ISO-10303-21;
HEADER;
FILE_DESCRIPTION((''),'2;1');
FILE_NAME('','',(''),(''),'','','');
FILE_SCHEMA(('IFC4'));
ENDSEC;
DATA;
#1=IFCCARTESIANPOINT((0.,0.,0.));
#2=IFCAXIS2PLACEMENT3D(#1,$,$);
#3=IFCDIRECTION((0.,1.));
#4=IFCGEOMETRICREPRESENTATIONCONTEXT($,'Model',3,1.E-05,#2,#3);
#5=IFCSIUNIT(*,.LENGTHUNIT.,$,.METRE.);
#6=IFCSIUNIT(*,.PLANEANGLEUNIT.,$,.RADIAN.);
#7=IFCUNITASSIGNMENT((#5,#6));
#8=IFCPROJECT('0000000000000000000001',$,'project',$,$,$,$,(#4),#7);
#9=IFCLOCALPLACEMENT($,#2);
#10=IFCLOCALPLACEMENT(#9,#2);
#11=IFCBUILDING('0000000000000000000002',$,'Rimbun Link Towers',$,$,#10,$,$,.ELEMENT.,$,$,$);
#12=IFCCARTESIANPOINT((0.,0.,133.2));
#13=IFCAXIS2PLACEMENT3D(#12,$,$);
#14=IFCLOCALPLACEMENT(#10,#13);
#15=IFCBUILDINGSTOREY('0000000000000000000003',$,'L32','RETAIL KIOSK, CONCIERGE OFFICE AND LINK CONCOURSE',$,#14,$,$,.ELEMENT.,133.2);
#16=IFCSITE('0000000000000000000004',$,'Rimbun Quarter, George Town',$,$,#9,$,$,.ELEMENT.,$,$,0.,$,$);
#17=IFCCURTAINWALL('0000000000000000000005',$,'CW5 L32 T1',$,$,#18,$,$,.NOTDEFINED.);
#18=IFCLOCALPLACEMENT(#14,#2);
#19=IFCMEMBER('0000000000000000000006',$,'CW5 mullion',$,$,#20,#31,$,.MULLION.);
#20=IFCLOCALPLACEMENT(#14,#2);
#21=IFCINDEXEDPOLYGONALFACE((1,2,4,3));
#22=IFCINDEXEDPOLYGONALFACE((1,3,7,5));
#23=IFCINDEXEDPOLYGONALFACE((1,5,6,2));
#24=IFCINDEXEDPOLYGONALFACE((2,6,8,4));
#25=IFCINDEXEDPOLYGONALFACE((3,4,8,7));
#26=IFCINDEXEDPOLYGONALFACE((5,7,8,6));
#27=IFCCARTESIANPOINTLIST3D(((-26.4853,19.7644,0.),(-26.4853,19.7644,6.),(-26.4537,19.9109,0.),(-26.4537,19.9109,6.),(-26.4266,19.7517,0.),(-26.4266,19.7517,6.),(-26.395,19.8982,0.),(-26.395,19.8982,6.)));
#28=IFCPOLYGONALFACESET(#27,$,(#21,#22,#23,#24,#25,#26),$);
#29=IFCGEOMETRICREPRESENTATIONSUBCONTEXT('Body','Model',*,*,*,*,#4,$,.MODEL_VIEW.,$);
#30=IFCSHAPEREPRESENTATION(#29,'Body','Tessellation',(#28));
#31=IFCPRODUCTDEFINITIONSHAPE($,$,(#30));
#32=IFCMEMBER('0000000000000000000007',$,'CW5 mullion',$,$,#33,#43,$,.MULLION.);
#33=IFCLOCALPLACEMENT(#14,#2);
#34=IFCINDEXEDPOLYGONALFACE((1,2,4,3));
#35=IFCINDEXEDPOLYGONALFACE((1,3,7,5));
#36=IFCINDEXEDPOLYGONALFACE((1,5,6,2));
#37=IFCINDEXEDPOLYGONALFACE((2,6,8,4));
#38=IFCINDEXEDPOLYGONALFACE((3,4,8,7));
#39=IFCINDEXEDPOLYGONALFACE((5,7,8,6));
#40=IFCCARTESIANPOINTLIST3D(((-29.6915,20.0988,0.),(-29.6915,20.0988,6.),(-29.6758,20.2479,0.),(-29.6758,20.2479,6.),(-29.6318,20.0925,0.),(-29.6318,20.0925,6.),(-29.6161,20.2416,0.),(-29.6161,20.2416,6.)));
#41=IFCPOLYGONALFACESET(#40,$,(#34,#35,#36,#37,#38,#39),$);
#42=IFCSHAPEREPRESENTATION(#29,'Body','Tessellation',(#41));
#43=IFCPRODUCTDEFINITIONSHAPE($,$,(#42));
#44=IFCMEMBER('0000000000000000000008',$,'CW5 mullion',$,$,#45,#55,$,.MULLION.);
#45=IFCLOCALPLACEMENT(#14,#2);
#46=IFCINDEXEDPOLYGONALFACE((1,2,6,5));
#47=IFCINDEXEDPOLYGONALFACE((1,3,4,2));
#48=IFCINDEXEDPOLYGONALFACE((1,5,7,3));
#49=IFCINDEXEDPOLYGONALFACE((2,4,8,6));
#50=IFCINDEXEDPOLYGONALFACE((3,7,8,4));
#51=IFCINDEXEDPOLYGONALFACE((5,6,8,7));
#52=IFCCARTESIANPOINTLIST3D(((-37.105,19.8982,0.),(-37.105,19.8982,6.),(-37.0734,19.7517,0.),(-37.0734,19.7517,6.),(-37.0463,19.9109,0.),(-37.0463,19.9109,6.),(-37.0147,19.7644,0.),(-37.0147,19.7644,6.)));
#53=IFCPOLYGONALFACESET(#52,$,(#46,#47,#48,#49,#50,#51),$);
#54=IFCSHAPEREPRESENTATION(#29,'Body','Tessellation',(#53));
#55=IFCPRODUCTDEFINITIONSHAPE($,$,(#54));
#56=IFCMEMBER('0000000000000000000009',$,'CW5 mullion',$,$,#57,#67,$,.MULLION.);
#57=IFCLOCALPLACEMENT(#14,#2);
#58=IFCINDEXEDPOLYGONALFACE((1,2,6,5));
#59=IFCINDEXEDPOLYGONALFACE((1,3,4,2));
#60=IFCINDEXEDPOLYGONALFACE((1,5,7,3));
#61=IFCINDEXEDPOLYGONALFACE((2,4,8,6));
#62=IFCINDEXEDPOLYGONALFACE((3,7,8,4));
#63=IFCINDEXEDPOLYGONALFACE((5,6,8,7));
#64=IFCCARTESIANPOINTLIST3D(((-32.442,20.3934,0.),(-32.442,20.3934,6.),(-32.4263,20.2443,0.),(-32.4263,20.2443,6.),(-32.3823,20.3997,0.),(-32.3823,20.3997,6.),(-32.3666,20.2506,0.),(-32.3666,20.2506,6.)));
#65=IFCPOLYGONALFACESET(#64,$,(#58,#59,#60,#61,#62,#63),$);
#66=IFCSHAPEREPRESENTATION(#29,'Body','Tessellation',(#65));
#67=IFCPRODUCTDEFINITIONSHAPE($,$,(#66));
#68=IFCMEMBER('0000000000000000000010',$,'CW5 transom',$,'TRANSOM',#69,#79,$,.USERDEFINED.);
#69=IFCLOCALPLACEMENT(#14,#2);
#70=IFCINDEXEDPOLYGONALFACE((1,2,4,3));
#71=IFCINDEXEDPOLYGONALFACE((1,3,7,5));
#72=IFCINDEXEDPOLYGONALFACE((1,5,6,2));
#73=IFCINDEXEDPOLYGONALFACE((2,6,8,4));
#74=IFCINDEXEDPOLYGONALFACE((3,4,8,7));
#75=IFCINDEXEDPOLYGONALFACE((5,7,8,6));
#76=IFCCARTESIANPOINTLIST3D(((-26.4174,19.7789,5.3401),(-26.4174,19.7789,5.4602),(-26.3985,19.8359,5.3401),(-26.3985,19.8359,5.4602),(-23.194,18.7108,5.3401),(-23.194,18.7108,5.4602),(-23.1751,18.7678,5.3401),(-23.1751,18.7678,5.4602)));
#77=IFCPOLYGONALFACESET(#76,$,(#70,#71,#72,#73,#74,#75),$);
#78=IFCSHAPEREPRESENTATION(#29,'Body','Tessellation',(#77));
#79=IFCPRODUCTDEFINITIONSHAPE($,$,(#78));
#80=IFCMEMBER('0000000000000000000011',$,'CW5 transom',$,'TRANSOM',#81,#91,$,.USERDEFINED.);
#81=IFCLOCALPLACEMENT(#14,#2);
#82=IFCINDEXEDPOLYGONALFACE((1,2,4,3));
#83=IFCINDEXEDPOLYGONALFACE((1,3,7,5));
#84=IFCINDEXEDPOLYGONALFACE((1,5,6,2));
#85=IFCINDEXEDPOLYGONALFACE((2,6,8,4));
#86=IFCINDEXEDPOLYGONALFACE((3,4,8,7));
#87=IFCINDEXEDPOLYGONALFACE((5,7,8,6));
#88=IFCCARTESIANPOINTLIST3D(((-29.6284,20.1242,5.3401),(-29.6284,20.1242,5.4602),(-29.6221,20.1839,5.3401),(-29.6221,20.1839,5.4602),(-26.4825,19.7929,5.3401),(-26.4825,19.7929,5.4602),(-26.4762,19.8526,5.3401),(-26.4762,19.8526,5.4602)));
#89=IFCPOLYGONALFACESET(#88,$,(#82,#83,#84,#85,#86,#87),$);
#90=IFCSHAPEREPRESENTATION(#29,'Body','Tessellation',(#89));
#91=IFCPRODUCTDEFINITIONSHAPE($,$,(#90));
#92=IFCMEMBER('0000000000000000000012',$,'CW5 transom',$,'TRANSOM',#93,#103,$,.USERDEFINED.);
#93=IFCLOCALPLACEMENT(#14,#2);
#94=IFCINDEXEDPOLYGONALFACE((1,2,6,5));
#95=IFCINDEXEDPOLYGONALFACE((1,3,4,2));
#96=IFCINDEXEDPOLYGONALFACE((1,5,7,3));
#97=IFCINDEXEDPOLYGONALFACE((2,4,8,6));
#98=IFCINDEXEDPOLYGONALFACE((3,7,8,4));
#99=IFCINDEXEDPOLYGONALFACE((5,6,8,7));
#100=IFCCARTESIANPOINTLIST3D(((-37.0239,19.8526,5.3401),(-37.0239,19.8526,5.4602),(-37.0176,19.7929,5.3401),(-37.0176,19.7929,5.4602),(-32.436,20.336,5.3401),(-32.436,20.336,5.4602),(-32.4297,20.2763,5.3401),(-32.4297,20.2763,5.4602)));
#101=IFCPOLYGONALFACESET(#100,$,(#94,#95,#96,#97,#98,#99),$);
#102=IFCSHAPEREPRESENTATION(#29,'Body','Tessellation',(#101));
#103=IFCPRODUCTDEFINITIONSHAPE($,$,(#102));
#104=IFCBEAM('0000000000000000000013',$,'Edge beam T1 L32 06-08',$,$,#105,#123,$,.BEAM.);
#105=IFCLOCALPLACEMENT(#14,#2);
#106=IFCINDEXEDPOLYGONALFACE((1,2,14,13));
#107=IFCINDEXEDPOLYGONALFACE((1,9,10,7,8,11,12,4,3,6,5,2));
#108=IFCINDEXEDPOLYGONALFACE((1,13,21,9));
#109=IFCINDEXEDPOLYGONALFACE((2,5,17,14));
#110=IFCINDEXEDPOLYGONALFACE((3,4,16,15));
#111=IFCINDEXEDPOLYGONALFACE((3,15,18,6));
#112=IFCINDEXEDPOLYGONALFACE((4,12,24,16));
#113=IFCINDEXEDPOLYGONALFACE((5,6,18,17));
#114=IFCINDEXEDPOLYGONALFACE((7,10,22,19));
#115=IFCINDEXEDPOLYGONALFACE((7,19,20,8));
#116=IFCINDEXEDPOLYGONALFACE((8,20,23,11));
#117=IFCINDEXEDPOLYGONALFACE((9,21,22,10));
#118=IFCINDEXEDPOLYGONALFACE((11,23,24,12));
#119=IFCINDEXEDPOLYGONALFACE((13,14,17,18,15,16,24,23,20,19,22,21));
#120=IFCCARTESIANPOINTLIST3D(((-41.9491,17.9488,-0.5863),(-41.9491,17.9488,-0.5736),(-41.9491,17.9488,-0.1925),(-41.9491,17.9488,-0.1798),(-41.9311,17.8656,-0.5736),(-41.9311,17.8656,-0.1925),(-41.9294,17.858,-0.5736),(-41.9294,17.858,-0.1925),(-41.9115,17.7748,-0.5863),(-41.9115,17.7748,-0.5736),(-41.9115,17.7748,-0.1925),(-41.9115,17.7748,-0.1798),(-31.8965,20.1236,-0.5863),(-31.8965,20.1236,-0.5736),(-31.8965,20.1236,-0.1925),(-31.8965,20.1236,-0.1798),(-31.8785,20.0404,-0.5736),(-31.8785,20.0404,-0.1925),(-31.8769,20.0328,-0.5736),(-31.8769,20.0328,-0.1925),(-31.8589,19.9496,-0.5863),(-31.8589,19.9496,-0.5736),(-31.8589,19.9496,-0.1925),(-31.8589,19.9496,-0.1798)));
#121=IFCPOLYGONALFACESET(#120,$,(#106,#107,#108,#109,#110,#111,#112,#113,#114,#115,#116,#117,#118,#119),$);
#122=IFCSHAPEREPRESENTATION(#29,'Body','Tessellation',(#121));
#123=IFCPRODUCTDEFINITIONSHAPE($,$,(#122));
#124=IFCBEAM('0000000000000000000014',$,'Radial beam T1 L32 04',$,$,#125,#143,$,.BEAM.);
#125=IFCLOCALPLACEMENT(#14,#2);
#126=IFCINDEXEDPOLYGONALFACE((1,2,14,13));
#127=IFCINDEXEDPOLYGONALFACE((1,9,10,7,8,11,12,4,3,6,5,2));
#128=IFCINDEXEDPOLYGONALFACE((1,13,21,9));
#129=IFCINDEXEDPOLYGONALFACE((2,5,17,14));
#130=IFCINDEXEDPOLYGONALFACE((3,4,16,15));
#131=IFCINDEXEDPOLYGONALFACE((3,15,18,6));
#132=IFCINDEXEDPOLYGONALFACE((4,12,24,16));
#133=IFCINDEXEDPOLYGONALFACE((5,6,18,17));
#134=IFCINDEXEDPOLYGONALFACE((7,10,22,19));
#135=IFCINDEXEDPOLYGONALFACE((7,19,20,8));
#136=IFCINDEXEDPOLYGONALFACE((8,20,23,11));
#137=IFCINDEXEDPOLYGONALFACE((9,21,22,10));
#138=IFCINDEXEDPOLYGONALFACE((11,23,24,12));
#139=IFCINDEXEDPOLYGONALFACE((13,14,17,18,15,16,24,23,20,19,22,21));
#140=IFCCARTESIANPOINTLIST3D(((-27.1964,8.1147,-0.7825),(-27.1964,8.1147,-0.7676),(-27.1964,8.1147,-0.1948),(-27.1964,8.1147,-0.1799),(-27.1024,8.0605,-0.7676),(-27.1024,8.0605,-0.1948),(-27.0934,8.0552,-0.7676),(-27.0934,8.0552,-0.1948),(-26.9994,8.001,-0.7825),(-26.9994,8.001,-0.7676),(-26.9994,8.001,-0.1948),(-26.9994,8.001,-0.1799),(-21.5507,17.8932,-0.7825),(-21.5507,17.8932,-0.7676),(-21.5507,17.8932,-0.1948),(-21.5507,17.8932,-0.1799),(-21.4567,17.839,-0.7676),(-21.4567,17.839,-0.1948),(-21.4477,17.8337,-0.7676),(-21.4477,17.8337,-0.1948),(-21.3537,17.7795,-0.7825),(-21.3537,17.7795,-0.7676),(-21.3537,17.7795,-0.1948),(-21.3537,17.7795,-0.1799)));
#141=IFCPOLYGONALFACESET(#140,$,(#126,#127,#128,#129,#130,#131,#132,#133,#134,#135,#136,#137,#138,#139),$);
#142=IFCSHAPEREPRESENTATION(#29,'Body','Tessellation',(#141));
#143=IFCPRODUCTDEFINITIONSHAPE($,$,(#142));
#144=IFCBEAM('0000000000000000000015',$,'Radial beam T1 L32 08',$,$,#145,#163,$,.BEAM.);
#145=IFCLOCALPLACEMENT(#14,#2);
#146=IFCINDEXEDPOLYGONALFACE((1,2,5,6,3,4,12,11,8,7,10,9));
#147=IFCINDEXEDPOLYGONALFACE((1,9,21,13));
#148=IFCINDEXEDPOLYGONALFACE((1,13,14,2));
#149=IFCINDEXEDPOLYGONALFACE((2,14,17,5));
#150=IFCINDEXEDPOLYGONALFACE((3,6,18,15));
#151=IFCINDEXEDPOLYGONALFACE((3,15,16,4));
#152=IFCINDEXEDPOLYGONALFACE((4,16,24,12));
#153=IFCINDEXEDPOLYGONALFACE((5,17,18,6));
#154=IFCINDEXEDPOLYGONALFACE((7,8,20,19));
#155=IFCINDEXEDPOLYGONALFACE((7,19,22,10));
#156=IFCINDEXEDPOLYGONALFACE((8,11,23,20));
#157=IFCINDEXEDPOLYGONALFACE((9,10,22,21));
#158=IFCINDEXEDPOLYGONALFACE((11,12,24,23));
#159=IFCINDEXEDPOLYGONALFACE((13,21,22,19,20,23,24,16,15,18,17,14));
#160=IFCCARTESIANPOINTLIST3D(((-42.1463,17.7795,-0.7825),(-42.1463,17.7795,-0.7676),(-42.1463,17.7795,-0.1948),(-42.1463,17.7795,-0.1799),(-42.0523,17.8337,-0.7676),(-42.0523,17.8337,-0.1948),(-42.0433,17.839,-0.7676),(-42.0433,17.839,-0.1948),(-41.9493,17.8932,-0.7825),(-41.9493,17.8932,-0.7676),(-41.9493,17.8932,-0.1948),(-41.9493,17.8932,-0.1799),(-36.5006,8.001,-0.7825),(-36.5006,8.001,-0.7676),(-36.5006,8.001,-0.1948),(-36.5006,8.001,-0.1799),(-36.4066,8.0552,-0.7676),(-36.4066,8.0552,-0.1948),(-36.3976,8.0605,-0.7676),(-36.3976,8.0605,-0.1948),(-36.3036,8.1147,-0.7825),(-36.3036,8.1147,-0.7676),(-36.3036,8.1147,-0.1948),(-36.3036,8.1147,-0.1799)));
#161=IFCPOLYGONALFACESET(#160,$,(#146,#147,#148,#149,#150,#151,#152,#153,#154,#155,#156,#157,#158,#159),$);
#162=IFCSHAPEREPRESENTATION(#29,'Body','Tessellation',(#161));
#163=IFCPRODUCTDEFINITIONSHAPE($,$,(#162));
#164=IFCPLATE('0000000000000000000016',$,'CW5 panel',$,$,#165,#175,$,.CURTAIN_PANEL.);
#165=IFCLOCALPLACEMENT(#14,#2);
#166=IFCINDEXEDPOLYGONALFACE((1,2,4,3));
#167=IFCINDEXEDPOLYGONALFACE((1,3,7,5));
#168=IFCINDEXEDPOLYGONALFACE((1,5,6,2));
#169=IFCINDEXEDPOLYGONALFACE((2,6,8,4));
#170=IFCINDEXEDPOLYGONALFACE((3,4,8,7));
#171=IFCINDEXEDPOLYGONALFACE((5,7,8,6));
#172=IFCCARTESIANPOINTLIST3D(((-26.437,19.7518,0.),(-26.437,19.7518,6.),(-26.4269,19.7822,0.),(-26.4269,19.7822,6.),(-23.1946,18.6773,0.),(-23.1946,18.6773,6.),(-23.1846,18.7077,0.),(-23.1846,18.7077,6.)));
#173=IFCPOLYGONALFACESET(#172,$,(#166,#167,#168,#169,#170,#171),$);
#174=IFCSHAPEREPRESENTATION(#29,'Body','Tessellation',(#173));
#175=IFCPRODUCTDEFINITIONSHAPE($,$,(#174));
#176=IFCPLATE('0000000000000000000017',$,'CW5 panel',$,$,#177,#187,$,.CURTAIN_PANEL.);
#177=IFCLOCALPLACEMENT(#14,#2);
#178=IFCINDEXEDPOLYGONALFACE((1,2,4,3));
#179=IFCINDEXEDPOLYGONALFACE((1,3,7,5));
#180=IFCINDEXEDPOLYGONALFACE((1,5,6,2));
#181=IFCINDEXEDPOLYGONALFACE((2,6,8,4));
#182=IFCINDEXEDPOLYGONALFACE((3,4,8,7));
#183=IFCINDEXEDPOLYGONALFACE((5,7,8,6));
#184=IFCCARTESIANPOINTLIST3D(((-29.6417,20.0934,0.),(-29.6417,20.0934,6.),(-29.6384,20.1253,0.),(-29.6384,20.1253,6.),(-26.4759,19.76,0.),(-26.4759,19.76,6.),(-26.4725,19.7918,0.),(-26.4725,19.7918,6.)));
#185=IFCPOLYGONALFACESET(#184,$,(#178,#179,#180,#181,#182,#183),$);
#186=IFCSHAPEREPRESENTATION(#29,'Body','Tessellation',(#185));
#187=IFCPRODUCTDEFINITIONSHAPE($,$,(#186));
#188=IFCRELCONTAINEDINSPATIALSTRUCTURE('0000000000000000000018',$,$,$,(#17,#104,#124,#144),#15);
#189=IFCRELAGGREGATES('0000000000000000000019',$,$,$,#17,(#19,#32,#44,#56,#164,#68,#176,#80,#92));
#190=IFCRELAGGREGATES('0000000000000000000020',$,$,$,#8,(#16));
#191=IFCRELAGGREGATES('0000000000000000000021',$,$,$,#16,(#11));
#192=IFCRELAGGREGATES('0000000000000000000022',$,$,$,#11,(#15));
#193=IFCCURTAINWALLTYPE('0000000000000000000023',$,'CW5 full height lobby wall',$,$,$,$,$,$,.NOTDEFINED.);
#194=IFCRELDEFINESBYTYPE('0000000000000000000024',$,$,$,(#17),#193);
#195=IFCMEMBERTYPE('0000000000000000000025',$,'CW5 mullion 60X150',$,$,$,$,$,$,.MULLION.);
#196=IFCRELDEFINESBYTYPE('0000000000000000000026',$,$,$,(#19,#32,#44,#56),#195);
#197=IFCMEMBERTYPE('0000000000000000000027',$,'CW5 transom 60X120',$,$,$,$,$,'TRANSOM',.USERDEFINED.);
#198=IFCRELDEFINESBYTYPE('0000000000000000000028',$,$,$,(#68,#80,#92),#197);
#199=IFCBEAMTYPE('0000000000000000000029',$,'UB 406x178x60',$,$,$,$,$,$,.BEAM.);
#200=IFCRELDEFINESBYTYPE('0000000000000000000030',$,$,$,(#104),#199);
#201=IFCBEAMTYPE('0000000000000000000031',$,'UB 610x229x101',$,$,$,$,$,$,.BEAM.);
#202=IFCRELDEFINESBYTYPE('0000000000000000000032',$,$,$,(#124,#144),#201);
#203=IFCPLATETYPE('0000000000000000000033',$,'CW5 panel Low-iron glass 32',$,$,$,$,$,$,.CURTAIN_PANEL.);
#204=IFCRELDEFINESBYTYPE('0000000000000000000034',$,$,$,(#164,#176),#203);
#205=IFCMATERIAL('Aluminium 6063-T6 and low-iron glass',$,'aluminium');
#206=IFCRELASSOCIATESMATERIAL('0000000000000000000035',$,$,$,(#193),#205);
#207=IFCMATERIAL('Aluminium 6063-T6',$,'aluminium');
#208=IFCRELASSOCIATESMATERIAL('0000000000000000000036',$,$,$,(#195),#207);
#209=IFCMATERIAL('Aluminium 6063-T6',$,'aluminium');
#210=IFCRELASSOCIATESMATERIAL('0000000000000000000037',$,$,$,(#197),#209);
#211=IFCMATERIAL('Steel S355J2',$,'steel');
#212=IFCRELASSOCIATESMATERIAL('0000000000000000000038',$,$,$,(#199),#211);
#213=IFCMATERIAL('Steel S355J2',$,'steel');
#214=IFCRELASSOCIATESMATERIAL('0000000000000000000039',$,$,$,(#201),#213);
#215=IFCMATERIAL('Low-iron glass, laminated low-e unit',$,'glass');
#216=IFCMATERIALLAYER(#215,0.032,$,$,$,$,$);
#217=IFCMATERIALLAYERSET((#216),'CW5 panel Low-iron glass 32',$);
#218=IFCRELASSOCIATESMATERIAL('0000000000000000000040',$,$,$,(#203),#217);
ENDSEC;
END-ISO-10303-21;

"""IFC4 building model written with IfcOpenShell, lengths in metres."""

from ifc_helpers import new_model, si_unit, direction, frame, origin, origin_2d, place, context, subcontext, project, spatial, rectangle, i_section, extrude, material, layer, layer_set, material_profile, profile_set, type_object, element, aggregate, save


model = new_model("IFC4")

# Units and contexts
model_context = context("Model", 3, precision=1e-05, world=origin(), true_north=direction((0.0, 1.0)))
body_context = subcontext(model_context, "Body", "Model", "MODEL_VIEW")
ifc_project = project(units=[si_unit("LENGTHUNIT", "METRE"), si_unit("PLANEANGLEUNIT", "RADIAN")], contexts=[model_context])

# Site, building, storey
site_placement = place(None, origin())
site = spatial("IfcSite", under=ifc_project, at=site_placement, Name="Rimbun Quarter, George Town", CompositionType="ELEMENT", RefElevation=0.0)
building_placement = place(site_placement, origin())
building = spatial("IfcBuilding", under=site, at=building_placement, Name="Rimbun Link Towers", CompositionType="ELEMENT")
storey_placement = place(building_placement, frame((0.0, 0.0, 133.2)))
storey = spatial("IfcBuildingStorey", under=building, at=storey_placement, Name="L32", Description="RETAIL KIOSK, CONCIERGE OFFICE AND LINK CONCOURSE", CompositionType="ELEMENT", Elevation=133.2)

# Curtain wall, members
ifc_material_1 = material(Name="Aluminium 6063-T6 and low-iron glass", Category="aluminium")
curtain_wall_type = type_object("IfcCurtainWallType", Name="CW5 full height lobby wall", PredefinedType="NOTDEFINED", material=ifc_material_1)
curtain_wall_placement = place(storey_placement, origin())
curtain_wall = element("IfcCurtainWall", 1, at=curtain_wall_placement, inside=storey, type_object=curtain_wall_type, Name="CW5 L32 T1", PredefinedType="NOTDEFINED")
ifc_material_2 = material(Name="Aluminium 6063-T6", Category="aluminium")
ifc_material_profile_1 = material_profile(ifc_material_2, rectangle(XDim=0.1499, YDim=0.0601, at=origin_2d()), Name="MULLION 60X150")
ifc_profile_set_1 = profile_set([ifc_material_profile_1], Name="Aluminium 6063-T6")
member_type_1 = type_object("IfcMemberType", Name="CW5 mullion 60X150", PredefinedType="MULLION", material=ifc_profile_set_1)
member_1_placement = place(storey_placement, frame((-26.4402, 19.8313, 0.0), z_axis=(0.0, 0.0, 1.0), x_axis=(0.210875, 0.977513, 0.0)))
member_1 = element("IfcMember", 2, at=member_1_placement, type_object=member_type_1, Name="CW5 mullion", PredefinedType="MULLION", context=body_context, shape_type="SweptSolid", body=[
    extrude(rectangle(XDim=0.1499, YDim=0.0601, at=origin_2d()), origin(), (0.0, 0.0, 1.0), 6.0),
])
member_2_placement = place(storey_placement, frame((-29.6538, 20.1702, 0.0), z_axis=(0.0, 0.0, 1.0), x_axis=(0.104745, 0.994499, 0.0)))
member_2 = element("IfcMember", 3, at=member_2_placement, type_object=member_type_1, Name="CW5 mullion", PredefinedType="MULLION", context=body_context, shape_type="SweptSolid", body=[
    extrude(rectangle(XDim=0.1499, YDim=0.0601, at=origin_2d()), origin(), (0.0, 0.0, 1.0), 6.0),
])
member_3_placement = place(storey_placement, frame((-37.0598, 19.8313, 0.0), z_axis=(0.0, 0.0, 1.0), x_axis=(-0.210875, 0.977513, 0.0)))
member_3 = element("IfcMember", 4, at=member_3_placement, type_object=member_type_1, Name="CW5 mullion", PredefinedType="MULLION", context=body_context, shape_type="SweptSolid", body=[
    extrude(rectangle(XDim=0.1499, YDim=0.0601, at=origin_2d()), origin(), (0.0, 0.0, 1.0), 6.0),
])
member_4_placement = place(storey_placement, frame((-32.4043, 20.322, 0.0), z_axis=(0.0, 0.0, 1.0), x_axis=(-0.104745, 0.994499, 0.0)))
member_4 = element("IfcMember", 5, at=member_4_placement, type_object=member_type_1, Name="CW5 mullion", PredefinedType="MULLION", context=body_context, shape_type="SweptSolid", body=[
    extrude(rectangle(XDim=0.1499, YDim=0.0601, at=origin_2d()), origin(), (0.0, 0.0, 1.0), 6.0),
])
ifc_material_3 = material(Name="Aluminium 6063-T6", Category="aluminium")
ifc_material_profile_2 = material_profile(ifc_material_3, rectangle(XDim=0.0601, YDim=0.1201, at=origin_2d()), Name="TRANSOM 60X120")
ifc_profile_set_2 = profile_set([ifc_material_profile_2], Name="Aluminium 6063-T6")
member_type_2 = type_object("IfcMemberType", Name="CW5 transom 60X120", ElementType="TRANSOM", PredefinedType="USERDEFINED", material=ifc_profile_set_2)
member_5_placement = place(storey_placement, frame((-26.408, 19.8074, 5.4001), z_axis=(0.949243, -0.314545, 0.0), x_axis=(0.314545, 0.949243, 0.0)))
member_5 = element("IfcMember", 6, at=member_5_placement, type_object=member_type_2, Name="CW5 transom", ObjectType="TRANSOM", PredefinedType="USERDEFINED", context=body_context, shape_type="SweptSolid", body=[
    extrude(rectangle(XDim=0.0601, YDim=0.1201, at=origin_2d()), origin(), (0.0, 0.0, 1.0), 3.3958),
])
member_6_placement = place(storey_placement, frame((-29.6252, 20.1541, 5.4001), z_axis=(0.994501, -0.104729, 0.0), x_axis=(0.104729, 0.994501, 0.0)))
member_6 = element("IfcMember", 7, at=member_6_placement, type_object=member_type_2, Name="CW5 transom", ObjectType="TRANSOM", PredefinedType="USERDEFINED", context=body_context, shape_type="SweptSolid", body=[
    extrude(rectangle(XDim=0.0601, YDim=0.1201, at=origin_2d()), origin(), (0.0, 0.0, 1.0), 3.1633),
])
member_7_placement = place(storey_placement, frame((-37.0208, 19.8228, 5.4001), z_axis=(0.994495, 0.104784, 0.0), x_axis=(-0.104784, 0.994495, 0.0)))
member_7 = element("IfcMember", 8, at=member_7_placement, type_object=member_type_2, Name="CW5 transom", ObjectType="TRANSOM", PredefinedType="USERDEFINED", context=body_context, shape_type="SweptSolid", body=[
    extrude(rectangle(XDim=0.0601, YDim=0.1201, at=origin_2d()), origin(), (0.0, 0.0, 1.0), 4.6133),
])

# Beams
ifc_material_4 = material(Name="Steel S355J2", Category="steel")
ifc_material_profile_3 = material_profile(ifc_material_4, i_section(OverallWidth=0.178, OverallDepth=0.4065, WebThickness=0.0078, FlangeThickness=0.0127, at=origin_2d()), Name="UB 406x178x60")
ifc_profile_set_3 = profile_set([ifc_material_profile_3], Name="Steel S355J2")
beam_type_1 = type_object("IfcBeamType", Name="UB 406x178x60", PredefinedType="BEAM", material=ifc_profile_set_3)
beam_placement = place(storey_placement, frame((-31.8777, 20.0366, -0.3831), z_axis=(-0.977388, -0.211453, 0.0), x_axis=(0.211453, -0.977388, 0.0)))
element("IfcBeam", 9, at=beam_placement, inside=storey, type_object=beam_type_1, Name="Edge beam T1 L32 06-08", PredefinedType="BEAM", context=body_context, shape_type="SweptSolid", body=[
    extrude(i_section(OverallWidth=0.178, OverallDepth=0.4065, WebThickness=0.0078, FlangeThickness=0.0127, at=origin_2d()), origin(), (0.0, 0.0, 1.0), 10.2852),
])
ifc_material_5 = material(Name="Steel S355J2", Category="steel")
ifc_material_profile_4 = material_profile(ifc_material_5, i_section(OverallWidth=0.2275, OverallDepth=0.6025, WebThickness=0.0105, FlangeThickness=0.0149, at=origin_2d()), Name="UB 610x229x101")
ifc_profile_set_4 = profile_set([ifc_material_profile_4], Name="Steel S355J2")
beam_type_2 = type_object("IfcBeamType", Name="UB 610x229x101", PredefinedType="BEAM", material=ifc_profile_set_4)
for number, where, z_axis, x_axis, name in (
    (10, (-27.0979, 8.0579, -0.4812), (0.500006, 0.866022, 0.0), (-0.866022, 0.500006, 0.0), "Radial beam T1 L32 04"),
    (11, (-36.4021, 8.0579, -0.4812), (-0.500006, 0.866022, 0.0), (-0.866022, -0.500006, 0.0), "Radial beam T1 L32 08"),
):
    element("IfcBeam", number, at=place(storey_placement, frame(where, z_axis=z_axis, x_axis=x_axis)), inside=storey, type_object=beam_type_2, Name=name, PredefinedType="BEAM", context=body_context, shape_type="SweptSolid", body=[
        extrude(i_section(OverallWidth=0.2275, OverallDepth=0.6025, WebThickness=0.0105, FlangeThickness=0.0149, at=origin_2d()), origin(), (0.0, 0.0, 1.0), 11.2913),
    ])

# Plates
ifc_material_6 = material(Name="Low-iron glass, laminated low-e unit", Category="glass")
ifc_layer_1 = layer(ifc_material_6, 0.032)
ifc_layer_set_1 = layer_set([ifc_layer_1], Name="CW5 panel Low-iron glass 32")
plate_type = type_object("IfcPlateType", Name="CW5 panel Low-iron glass 32", PredefinedType="CURTAIN_PANEL", material=ifc_layer_set_1)
plate_1_placement = place(storey_placement, frame((-24.8108, 19.2297, 0.0), z_axis=(0.0, 0.0, 1.0), x_axis=(0.949235, -0.314568, 0.0)))
plate_1 = element("IfcPlate", 12, at=plate_1_placement, type_object=plate_type, Name="CW5 panel", PredefinedType="CURTAIN_PANEL", context=body_context, shape_type="SweptSolid", body=[
    extrude(rectangle(XDim=3.4158, YDim=0.032, at=origin_2d()), origin(), (0.0, 0.0, 1.0), 6.0),
])
plate_2_placement = place(storey_placement, frame((-28.0571, 19.9426, 0.0), z_axis=(0.0, 0.0, 1.0), x_axis=(0.994499, -0.104745, 0.0)))
plate_2 = element("IfcPlate", 13, at=plate_2_placement, type_object=plate_type, Name="CW5 panel", PredefinedType="CURTAIN_PANEL", context=body_context, shape_type="SweptSolid", body=[
    extrude(rectangle(XDim=3.1833, YDim=0.032, at=origin_2d()), origin(), (0.0, 0.0, 1.0), 6.0),
])
aggregate(curtain_wall, [member_1, member_2, member_3, member_4, plate_1, member_5, plate_2, member_6, member_7])

save(model, "model.ifc")
